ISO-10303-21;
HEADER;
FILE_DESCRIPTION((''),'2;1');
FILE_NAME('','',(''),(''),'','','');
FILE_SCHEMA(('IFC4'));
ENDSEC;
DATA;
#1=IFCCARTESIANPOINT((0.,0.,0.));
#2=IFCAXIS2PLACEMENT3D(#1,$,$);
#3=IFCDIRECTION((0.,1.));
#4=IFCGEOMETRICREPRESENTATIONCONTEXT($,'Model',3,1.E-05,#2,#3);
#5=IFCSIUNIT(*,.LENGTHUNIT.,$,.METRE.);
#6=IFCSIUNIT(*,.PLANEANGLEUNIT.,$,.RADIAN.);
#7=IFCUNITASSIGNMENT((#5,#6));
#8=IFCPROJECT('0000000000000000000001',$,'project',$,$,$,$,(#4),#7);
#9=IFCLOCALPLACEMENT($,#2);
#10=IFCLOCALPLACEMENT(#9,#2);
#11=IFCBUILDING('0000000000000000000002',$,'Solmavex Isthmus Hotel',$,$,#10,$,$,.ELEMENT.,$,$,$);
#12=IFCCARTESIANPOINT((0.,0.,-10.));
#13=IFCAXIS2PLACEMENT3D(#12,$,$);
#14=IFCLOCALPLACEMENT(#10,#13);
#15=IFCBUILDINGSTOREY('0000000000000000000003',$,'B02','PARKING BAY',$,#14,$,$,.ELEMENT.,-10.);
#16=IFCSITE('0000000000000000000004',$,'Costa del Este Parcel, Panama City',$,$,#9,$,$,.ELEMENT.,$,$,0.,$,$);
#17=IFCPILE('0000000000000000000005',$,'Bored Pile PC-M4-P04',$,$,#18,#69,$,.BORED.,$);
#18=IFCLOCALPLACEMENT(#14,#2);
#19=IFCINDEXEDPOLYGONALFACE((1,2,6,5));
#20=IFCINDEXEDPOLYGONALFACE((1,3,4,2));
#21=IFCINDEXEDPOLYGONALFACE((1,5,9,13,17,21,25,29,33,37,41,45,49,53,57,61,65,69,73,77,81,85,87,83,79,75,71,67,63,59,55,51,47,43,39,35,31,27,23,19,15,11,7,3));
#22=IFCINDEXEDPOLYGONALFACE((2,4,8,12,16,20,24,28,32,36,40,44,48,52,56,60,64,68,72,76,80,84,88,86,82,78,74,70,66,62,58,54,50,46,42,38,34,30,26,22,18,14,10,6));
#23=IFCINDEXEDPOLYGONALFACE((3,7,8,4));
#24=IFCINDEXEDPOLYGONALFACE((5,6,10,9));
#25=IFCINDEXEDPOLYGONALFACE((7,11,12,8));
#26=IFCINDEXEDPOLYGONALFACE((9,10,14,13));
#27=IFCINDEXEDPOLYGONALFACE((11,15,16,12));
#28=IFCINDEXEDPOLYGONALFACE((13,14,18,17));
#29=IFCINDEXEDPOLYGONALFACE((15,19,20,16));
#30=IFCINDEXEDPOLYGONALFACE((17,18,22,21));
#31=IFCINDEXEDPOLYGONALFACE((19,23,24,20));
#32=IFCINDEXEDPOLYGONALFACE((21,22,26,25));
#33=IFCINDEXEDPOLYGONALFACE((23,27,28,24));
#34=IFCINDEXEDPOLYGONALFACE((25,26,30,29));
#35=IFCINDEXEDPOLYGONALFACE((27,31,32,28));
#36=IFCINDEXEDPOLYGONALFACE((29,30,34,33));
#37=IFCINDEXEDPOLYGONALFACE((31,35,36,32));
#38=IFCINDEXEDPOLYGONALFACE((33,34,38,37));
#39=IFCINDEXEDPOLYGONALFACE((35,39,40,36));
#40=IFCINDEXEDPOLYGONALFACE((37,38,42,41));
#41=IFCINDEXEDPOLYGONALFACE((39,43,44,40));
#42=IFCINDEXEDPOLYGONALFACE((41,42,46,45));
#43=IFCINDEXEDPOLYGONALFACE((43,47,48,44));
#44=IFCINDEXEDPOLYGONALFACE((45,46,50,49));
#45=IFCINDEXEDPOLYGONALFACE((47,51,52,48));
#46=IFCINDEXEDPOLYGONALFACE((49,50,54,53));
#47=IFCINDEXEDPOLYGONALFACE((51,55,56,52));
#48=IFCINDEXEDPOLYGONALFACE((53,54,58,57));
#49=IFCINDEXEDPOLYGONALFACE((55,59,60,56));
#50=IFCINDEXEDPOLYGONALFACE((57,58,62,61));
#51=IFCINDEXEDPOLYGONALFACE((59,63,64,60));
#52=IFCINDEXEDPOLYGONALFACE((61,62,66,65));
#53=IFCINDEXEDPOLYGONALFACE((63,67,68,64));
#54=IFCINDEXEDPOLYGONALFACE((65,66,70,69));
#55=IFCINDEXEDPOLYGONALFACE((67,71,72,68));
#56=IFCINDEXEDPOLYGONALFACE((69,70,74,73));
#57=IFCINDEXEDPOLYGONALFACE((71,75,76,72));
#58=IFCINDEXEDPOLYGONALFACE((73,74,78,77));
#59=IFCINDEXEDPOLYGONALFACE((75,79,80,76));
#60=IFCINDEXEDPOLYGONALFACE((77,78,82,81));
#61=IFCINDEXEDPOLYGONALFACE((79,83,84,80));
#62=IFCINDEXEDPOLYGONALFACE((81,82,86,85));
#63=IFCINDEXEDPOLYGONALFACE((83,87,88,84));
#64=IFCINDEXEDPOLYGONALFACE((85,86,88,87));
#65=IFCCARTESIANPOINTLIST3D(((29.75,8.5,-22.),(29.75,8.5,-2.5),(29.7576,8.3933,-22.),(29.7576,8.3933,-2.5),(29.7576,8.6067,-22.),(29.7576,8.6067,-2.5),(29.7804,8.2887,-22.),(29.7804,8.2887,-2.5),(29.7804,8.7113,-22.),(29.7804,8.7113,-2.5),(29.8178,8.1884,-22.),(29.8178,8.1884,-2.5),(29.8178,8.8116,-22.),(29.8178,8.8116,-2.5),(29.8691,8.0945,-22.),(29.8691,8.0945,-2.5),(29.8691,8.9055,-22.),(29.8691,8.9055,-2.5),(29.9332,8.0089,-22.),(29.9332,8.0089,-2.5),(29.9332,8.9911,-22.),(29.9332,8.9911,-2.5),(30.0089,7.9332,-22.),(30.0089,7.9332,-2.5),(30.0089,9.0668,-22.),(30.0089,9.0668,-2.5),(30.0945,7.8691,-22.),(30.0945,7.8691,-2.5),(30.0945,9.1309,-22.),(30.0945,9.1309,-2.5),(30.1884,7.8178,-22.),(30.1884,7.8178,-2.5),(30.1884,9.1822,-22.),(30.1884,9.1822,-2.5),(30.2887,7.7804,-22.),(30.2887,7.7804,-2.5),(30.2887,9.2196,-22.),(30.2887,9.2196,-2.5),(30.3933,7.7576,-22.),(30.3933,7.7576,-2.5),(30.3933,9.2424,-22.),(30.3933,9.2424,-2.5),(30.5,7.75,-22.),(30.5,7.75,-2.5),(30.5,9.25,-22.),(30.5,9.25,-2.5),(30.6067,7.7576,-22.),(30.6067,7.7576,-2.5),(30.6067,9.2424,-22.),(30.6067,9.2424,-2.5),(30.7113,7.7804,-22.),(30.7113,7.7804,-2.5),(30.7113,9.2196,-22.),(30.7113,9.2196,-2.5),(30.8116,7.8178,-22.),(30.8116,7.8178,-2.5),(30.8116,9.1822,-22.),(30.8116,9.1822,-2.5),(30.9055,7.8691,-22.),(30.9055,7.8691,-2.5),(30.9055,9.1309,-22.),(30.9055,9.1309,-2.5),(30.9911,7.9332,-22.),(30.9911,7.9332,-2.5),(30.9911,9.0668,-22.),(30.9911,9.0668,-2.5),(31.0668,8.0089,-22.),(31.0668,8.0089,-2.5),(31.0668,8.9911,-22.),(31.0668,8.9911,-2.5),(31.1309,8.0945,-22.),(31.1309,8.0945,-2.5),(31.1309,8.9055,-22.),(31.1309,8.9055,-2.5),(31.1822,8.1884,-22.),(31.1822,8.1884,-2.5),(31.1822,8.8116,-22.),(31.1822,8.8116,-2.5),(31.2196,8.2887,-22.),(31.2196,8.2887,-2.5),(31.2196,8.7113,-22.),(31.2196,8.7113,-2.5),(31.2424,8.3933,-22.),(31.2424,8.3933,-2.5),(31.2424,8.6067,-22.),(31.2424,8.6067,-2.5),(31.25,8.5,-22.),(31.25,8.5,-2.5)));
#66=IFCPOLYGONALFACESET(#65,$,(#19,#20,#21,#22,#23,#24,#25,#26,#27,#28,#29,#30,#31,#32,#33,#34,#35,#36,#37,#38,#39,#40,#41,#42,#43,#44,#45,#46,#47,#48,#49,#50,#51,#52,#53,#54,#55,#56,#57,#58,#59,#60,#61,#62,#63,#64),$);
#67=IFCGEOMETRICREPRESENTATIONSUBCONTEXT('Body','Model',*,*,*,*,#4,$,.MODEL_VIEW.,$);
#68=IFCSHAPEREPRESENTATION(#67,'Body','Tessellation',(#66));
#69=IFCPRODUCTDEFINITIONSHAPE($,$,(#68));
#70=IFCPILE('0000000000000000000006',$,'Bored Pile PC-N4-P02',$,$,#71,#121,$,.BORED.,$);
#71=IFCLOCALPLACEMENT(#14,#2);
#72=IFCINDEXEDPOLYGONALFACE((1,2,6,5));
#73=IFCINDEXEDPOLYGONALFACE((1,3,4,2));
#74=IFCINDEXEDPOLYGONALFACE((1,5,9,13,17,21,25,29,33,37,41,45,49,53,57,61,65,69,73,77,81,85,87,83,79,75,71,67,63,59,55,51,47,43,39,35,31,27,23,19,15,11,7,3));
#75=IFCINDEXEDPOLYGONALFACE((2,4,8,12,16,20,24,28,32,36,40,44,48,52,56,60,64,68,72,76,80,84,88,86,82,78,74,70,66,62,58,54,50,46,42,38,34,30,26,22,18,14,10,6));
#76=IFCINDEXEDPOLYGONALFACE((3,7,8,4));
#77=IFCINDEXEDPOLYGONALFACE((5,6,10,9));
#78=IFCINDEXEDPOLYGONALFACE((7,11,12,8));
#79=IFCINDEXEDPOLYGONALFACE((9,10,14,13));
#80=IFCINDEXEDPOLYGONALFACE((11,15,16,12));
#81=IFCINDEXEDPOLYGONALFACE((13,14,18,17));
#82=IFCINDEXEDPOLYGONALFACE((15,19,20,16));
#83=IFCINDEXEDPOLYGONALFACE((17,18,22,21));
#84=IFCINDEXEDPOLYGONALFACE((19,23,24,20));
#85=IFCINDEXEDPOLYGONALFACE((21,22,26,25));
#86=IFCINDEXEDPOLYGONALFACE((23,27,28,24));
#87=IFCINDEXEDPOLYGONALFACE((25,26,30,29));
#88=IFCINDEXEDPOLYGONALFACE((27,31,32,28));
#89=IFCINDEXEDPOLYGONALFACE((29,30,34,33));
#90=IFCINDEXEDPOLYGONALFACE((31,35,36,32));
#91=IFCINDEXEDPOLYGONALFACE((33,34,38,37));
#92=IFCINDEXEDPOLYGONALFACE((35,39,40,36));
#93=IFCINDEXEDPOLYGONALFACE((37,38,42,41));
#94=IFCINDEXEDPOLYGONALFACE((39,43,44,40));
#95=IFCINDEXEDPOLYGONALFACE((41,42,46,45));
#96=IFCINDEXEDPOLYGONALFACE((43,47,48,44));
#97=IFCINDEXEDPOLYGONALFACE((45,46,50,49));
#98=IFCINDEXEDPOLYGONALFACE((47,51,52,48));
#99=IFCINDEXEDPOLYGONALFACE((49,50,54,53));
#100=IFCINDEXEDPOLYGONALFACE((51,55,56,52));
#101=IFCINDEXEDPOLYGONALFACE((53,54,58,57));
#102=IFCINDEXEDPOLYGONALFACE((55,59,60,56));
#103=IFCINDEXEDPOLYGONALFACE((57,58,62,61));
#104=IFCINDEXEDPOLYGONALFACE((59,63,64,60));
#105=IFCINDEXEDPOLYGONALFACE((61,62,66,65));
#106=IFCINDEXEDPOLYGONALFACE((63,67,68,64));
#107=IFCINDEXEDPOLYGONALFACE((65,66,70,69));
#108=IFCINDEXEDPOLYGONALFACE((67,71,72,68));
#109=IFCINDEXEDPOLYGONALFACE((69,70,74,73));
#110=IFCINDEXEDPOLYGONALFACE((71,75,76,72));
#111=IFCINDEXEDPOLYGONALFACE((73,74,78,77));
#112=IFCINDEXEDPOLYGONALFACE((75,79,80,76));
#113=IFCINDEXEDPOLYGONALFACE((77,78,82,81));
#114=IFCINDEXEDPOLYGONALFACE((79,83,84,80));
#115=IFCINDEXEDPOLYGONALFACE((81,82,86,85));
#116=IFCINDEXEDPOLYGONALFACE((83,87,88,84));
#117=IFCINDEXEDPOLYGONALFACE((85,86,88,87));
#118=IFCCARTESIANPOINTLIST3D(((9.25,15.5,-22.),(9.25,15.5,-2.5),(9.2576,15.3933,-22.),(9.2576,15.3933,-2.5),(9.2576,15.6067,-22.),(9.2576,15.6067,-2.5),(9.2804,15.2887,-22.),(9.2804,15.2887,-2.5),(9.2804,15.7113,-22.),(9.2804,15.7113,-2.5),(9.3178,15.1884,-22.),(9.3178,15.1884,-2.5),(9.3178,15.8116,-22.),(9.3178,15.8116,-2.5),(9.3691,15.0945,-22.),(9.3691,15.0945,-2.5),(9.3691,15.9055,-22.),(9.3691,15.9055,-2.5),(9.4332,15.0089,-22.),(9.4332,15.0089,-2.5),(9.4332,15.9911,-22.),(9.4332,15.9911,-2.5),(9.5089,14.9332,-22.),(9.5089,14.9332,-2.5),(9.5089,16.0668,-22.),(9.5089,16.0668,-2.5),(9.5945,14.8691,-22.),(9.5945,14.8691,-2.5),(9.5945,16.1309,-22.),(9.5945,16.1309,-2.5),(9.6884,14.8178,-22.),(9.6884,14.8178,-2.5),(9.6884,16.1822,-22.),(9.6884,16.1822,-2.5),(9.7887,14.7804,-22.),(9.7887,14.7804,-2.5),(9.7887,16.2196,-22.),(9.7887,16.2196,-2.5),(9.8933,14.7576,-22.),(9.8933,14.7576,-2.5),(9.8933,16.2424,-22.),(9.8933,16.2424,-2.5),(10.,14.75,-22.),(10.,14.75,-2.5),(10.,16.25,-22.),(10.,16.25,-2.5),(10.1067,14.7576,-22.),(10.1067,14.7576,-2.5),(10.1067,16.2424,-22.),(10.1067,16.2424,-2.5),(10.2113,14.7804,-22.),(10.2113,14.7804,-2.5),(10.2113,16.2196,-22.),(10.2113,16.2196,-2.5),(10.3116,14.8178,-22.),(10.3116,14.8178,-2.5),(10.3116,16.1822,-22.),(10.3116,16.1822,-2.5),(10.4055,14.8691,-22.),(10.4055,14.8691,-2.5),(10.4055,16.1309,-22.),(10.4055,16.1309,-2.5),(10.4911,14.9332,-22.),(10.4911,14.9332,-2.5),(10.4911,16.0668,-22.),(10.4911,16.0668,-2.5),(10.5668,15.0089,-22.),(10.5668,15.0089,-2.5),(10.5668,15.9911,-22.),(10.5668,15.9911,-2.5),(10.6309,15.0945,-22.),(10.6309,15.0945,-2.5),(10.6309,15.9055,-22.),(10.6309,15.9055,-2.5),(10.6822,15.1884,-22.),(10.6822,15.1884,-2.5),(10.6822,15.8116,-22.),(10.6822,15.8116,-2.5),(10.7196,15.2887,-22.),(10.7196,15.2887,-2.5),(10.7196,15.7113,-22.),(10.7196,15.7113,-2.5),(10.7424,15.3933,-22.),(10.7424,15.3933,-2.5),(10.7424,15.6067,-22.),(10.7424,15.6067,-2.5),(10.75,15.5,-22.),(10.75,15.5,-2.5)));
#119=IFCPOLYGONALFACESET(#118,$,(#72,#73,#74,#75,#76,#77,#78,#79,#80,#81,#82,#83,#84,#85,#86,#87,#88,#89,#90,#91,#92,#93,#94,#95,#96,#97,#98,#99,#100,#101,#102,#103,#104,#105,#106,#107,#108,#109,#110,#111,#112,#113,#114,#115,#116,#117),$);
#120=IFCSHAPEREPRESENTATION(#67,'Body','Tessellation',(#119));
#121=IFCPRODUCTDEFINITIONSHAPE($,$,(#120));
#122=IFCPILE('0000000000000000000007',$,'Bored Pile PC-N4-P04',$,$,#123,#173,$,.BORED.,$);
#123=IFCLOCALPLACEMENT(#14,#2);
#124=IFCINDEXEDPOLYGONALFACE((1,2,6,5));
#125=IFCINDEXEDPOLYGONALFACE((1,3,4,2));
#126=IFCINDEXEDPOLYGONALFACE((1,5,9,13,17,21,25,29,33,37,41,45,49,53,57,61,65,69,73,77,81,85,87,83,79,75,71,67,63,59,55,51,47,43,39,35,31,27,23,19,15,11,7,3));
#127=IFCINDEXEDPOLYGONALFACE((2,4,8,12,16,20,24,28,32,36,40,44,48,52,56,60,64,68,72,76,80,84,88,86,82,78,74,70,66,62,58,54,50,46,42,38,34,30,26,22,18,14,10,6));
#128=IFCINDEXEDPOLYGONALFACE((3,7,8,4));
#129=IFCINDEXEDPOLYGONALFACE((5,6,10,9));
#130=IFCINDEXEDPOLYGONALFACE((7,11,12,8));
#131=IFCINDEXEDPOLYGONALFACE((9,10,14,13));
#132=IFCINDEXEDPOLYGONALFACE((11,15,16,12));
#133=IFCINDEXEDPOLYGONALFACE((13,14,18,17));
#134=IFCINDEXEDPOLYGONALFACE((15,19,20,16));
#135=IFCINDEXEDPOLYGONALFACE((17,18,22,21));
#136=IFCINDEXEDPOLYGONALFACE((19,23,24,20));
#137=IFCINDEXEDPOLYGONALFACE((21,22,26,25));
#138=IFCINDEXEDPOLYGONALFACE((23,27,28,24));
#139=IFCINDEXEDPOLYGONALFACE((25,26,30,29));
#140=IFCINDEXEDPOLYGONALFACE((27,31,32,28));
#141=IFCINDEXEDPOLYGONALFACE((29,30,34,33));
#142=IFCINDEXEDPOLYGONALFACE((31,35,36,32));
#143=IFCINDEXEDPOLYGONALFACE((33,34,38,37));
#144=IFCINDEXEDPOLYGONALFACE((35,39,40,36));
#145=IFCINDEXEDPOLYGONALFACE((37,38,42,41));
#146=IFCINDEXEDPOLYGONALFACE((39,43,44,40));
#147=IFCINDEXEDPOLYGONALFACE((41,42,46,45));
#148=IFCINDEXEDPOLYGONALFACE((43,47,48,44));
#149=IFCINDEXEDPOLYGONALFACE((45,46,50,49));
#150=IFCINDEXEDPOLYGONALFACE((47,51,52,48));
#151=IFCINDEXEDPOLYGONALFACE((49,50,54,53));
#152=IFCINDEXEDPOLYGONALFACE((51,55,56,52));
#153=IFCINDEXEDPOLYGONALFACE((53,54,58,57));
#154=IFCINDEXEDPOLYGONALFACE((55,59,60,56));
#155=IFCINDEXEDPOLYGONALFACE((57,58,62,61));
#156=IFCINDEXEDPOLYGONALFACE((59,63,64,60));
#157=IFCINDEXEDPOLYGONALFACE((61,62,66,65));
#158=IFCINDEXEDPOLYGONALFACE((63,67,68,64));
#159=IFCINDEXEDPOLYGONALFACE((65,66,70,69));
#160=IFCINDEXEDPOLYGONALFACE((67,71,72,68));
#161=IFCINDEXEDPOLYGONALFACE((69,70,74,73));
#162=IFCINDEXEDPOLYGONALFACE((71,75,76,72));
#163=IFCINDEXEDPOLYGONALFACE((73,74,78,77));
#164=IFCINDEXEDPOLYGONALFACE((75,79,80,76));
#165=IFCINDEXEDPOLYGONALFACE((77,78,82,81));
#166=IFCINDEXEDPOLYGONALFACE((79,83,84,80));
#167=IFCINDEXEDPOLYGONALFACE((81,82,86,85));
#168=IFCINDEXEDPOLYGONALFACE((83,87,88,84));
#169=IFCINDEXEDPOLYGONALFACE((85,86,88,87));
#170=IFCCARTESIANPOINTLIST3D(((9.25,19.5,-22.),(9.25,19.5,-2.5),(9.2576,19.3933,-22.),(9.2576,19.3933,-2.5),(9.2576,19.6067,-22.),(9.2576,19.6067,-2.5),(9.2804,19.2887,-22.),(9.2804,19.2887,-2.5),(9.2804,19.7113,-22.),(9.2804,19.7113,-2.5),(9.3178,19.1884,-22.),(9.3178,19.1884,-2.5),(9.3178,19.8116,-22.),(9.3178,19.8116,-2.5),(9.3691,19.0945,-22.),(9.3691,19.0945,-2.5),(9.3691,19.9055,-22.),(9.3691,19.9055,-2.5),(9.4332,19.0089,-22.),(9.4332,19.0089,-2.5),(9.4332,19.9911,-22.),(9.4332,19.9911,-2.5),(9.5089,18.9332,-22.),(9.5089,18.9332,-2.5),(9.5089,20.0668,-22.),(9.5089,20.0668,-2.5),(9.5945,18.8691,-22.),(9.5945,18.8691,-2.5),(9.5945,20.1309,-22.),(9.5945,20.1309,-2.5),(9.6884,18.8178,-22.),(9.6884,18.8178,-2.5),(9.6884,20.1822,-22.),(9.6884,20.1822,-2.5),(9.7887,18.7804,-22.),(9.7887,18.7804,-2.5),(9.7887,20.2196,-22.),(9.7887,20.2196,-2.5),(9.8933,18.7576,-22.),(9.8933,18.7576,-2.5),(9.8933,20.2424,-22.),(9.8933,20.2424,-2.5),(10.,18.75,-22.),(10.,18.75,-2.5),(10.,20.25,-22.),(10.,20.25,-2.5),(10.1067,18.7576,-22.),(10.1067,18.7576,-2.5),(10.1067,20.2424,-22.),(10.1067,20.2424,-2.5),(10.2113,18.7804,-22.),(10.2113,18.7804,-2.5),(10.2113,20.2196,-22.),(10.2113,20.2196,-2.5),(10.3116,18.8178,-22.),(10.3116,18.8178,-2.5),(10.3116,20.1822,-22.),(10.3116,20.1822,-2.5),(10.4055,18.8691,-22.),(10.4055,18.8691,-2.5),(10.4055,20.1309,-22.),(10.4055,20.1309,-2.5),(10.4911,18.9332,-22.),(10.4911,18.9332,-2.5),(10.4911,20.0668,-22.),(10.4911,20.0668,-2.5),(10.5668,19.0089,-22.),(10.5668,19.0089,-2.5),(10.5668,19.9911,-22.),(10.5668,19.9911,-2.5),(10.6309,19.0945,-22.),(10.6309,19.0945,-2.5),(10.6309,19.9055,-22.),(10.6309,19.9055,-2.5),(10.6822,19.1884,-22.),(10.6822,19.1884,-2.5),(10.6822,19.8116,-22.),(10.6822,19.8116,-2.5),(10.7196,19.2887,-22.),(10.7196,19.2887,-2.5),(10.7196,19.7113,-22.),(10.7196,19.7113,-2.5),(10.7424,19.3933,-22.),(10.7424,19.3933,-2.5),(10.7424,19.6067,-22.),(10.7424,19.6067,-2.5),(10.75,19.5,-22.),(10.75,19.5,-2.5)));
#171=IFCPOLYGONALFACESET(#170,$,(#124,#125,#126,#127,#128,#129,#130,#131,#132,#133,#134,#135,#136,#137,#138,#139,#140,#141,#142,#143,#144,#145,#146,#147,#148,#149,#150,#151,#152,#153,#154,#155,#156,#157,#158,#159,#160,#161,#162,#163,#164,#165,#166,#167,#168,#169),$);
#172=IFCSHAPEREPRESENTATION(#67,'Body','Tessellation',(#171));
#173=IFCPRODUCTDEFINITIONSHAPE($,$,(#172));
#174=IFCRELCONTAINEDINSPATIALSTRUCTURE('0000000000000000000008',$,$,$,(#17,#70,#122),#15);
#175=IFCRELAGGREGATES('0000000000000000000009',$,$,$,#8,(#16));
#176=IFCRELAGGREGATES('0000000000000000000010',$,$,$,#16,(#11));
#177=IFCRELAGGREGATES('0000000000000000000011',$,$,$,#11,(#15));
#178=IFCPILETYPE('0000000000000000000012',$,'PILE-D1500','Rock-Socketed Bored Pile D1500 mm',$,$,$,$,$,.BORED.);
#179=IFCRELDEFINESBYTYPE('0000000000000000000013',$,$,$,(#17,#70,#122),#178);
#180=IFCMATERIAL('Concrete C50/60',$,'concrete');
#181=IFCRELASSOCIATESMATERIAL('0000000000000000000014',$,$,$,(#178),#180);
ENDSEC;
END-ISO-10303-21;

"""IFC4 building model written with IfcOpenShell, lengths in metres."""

from ifc_helpers import new_model, si_unit, direction, frame, origin, origin_2d, place, context, subcontext, project, spatial, circle, extrude, material, material_profile, profile_set, type_object, element, save


model = new_model("IFC4")

# Units and contexts
model_context = context("Model", 3, precision=1e-05, world=origin(), true_north=direction((0.0, 1.0)))
body_context = subcontext(model_context, "Body", "Model", "MODEL_VIEW")
ifc_project = project(units=[si_unit("LENGTHUNIT", "METRE"), si_unit("PLANEANGLEUNIT", "RADIAN")], contexts=[model_context])

# Site, building, storey
site_placement = place(None, origin())
site = spatial("IfcSite", under=ifc_project, at=site_placement, Name="Costa del Este Parcel, Panama City", CompositionType="ELEMENT", RefElevation=0.0)
building_placement = place(site_placement, origin())
building = spatial("IfcBuilding", under=site, at=building_placement, Name="Solmavex Isthmus Hotel", CompositionType="ELEMENT")
storey_placement = place(building_placement, frame((0.0, 0.0, -10.0)))
storey = spatial("IfcBuildingStorey", under=building, at=storey_placement, Name="B02", Description="PARKING BAY", CompositionType="ELEMENT", Elevation=-10.0)

# Shared definitions
ifc_material_1 = material(Name="Concrete C50/60", Category="concrete")

# Piles
ifc_material_profile_1 = material_profile(ifc_material_1, circle(Radius=0.75, at=origin_2d()), Name="PILE1500")
ifc_profile_set_1 = profile_set([ifc_material_profile_1], Name="Concrete C50/60")
pile_type = type_object("IfcPileType", Name="PILE-D1500", Description="Rock-Socketed Bored Pile D1500 mm", PredefinedType="BORED", material=ifc_profile_set_1)
for number, where, z_axis, x_axis, name in (
    (1, (30.5, 8.5, -2.5), (0.0, 0.0, -1.0), (1.0, 0.0, 0.0), "Bored Pile PC-M4-P04"),
    (2, (10.0, 15.5, -2.5), (0.0, 0.0, -1.0), (1.0, 0.0, 0.0), "Bored Pile PC-N4-P02"),
    (3, (10.0, 19.5, -2.5), (0.0, 0.0, -1.0), (1.0, 0.0, 0.0), "Bored Pile PC-N4-P04"),
):
    element("IfcPile", number, at=place(storey_placement, frame(where, z_axis=z_axis, x_axis=x_axis)), inside=storey, type_object=pile_type, Name=name, PredefinedType="BORED", context=body_context, shape_type="SweptSolid", body=[
        extrude(circle(Radius=0.75, at=origin_2d()), origin(), (0.0, 0.0, 1.0), 19.5),
    ])

save(model, "model.ifc")
